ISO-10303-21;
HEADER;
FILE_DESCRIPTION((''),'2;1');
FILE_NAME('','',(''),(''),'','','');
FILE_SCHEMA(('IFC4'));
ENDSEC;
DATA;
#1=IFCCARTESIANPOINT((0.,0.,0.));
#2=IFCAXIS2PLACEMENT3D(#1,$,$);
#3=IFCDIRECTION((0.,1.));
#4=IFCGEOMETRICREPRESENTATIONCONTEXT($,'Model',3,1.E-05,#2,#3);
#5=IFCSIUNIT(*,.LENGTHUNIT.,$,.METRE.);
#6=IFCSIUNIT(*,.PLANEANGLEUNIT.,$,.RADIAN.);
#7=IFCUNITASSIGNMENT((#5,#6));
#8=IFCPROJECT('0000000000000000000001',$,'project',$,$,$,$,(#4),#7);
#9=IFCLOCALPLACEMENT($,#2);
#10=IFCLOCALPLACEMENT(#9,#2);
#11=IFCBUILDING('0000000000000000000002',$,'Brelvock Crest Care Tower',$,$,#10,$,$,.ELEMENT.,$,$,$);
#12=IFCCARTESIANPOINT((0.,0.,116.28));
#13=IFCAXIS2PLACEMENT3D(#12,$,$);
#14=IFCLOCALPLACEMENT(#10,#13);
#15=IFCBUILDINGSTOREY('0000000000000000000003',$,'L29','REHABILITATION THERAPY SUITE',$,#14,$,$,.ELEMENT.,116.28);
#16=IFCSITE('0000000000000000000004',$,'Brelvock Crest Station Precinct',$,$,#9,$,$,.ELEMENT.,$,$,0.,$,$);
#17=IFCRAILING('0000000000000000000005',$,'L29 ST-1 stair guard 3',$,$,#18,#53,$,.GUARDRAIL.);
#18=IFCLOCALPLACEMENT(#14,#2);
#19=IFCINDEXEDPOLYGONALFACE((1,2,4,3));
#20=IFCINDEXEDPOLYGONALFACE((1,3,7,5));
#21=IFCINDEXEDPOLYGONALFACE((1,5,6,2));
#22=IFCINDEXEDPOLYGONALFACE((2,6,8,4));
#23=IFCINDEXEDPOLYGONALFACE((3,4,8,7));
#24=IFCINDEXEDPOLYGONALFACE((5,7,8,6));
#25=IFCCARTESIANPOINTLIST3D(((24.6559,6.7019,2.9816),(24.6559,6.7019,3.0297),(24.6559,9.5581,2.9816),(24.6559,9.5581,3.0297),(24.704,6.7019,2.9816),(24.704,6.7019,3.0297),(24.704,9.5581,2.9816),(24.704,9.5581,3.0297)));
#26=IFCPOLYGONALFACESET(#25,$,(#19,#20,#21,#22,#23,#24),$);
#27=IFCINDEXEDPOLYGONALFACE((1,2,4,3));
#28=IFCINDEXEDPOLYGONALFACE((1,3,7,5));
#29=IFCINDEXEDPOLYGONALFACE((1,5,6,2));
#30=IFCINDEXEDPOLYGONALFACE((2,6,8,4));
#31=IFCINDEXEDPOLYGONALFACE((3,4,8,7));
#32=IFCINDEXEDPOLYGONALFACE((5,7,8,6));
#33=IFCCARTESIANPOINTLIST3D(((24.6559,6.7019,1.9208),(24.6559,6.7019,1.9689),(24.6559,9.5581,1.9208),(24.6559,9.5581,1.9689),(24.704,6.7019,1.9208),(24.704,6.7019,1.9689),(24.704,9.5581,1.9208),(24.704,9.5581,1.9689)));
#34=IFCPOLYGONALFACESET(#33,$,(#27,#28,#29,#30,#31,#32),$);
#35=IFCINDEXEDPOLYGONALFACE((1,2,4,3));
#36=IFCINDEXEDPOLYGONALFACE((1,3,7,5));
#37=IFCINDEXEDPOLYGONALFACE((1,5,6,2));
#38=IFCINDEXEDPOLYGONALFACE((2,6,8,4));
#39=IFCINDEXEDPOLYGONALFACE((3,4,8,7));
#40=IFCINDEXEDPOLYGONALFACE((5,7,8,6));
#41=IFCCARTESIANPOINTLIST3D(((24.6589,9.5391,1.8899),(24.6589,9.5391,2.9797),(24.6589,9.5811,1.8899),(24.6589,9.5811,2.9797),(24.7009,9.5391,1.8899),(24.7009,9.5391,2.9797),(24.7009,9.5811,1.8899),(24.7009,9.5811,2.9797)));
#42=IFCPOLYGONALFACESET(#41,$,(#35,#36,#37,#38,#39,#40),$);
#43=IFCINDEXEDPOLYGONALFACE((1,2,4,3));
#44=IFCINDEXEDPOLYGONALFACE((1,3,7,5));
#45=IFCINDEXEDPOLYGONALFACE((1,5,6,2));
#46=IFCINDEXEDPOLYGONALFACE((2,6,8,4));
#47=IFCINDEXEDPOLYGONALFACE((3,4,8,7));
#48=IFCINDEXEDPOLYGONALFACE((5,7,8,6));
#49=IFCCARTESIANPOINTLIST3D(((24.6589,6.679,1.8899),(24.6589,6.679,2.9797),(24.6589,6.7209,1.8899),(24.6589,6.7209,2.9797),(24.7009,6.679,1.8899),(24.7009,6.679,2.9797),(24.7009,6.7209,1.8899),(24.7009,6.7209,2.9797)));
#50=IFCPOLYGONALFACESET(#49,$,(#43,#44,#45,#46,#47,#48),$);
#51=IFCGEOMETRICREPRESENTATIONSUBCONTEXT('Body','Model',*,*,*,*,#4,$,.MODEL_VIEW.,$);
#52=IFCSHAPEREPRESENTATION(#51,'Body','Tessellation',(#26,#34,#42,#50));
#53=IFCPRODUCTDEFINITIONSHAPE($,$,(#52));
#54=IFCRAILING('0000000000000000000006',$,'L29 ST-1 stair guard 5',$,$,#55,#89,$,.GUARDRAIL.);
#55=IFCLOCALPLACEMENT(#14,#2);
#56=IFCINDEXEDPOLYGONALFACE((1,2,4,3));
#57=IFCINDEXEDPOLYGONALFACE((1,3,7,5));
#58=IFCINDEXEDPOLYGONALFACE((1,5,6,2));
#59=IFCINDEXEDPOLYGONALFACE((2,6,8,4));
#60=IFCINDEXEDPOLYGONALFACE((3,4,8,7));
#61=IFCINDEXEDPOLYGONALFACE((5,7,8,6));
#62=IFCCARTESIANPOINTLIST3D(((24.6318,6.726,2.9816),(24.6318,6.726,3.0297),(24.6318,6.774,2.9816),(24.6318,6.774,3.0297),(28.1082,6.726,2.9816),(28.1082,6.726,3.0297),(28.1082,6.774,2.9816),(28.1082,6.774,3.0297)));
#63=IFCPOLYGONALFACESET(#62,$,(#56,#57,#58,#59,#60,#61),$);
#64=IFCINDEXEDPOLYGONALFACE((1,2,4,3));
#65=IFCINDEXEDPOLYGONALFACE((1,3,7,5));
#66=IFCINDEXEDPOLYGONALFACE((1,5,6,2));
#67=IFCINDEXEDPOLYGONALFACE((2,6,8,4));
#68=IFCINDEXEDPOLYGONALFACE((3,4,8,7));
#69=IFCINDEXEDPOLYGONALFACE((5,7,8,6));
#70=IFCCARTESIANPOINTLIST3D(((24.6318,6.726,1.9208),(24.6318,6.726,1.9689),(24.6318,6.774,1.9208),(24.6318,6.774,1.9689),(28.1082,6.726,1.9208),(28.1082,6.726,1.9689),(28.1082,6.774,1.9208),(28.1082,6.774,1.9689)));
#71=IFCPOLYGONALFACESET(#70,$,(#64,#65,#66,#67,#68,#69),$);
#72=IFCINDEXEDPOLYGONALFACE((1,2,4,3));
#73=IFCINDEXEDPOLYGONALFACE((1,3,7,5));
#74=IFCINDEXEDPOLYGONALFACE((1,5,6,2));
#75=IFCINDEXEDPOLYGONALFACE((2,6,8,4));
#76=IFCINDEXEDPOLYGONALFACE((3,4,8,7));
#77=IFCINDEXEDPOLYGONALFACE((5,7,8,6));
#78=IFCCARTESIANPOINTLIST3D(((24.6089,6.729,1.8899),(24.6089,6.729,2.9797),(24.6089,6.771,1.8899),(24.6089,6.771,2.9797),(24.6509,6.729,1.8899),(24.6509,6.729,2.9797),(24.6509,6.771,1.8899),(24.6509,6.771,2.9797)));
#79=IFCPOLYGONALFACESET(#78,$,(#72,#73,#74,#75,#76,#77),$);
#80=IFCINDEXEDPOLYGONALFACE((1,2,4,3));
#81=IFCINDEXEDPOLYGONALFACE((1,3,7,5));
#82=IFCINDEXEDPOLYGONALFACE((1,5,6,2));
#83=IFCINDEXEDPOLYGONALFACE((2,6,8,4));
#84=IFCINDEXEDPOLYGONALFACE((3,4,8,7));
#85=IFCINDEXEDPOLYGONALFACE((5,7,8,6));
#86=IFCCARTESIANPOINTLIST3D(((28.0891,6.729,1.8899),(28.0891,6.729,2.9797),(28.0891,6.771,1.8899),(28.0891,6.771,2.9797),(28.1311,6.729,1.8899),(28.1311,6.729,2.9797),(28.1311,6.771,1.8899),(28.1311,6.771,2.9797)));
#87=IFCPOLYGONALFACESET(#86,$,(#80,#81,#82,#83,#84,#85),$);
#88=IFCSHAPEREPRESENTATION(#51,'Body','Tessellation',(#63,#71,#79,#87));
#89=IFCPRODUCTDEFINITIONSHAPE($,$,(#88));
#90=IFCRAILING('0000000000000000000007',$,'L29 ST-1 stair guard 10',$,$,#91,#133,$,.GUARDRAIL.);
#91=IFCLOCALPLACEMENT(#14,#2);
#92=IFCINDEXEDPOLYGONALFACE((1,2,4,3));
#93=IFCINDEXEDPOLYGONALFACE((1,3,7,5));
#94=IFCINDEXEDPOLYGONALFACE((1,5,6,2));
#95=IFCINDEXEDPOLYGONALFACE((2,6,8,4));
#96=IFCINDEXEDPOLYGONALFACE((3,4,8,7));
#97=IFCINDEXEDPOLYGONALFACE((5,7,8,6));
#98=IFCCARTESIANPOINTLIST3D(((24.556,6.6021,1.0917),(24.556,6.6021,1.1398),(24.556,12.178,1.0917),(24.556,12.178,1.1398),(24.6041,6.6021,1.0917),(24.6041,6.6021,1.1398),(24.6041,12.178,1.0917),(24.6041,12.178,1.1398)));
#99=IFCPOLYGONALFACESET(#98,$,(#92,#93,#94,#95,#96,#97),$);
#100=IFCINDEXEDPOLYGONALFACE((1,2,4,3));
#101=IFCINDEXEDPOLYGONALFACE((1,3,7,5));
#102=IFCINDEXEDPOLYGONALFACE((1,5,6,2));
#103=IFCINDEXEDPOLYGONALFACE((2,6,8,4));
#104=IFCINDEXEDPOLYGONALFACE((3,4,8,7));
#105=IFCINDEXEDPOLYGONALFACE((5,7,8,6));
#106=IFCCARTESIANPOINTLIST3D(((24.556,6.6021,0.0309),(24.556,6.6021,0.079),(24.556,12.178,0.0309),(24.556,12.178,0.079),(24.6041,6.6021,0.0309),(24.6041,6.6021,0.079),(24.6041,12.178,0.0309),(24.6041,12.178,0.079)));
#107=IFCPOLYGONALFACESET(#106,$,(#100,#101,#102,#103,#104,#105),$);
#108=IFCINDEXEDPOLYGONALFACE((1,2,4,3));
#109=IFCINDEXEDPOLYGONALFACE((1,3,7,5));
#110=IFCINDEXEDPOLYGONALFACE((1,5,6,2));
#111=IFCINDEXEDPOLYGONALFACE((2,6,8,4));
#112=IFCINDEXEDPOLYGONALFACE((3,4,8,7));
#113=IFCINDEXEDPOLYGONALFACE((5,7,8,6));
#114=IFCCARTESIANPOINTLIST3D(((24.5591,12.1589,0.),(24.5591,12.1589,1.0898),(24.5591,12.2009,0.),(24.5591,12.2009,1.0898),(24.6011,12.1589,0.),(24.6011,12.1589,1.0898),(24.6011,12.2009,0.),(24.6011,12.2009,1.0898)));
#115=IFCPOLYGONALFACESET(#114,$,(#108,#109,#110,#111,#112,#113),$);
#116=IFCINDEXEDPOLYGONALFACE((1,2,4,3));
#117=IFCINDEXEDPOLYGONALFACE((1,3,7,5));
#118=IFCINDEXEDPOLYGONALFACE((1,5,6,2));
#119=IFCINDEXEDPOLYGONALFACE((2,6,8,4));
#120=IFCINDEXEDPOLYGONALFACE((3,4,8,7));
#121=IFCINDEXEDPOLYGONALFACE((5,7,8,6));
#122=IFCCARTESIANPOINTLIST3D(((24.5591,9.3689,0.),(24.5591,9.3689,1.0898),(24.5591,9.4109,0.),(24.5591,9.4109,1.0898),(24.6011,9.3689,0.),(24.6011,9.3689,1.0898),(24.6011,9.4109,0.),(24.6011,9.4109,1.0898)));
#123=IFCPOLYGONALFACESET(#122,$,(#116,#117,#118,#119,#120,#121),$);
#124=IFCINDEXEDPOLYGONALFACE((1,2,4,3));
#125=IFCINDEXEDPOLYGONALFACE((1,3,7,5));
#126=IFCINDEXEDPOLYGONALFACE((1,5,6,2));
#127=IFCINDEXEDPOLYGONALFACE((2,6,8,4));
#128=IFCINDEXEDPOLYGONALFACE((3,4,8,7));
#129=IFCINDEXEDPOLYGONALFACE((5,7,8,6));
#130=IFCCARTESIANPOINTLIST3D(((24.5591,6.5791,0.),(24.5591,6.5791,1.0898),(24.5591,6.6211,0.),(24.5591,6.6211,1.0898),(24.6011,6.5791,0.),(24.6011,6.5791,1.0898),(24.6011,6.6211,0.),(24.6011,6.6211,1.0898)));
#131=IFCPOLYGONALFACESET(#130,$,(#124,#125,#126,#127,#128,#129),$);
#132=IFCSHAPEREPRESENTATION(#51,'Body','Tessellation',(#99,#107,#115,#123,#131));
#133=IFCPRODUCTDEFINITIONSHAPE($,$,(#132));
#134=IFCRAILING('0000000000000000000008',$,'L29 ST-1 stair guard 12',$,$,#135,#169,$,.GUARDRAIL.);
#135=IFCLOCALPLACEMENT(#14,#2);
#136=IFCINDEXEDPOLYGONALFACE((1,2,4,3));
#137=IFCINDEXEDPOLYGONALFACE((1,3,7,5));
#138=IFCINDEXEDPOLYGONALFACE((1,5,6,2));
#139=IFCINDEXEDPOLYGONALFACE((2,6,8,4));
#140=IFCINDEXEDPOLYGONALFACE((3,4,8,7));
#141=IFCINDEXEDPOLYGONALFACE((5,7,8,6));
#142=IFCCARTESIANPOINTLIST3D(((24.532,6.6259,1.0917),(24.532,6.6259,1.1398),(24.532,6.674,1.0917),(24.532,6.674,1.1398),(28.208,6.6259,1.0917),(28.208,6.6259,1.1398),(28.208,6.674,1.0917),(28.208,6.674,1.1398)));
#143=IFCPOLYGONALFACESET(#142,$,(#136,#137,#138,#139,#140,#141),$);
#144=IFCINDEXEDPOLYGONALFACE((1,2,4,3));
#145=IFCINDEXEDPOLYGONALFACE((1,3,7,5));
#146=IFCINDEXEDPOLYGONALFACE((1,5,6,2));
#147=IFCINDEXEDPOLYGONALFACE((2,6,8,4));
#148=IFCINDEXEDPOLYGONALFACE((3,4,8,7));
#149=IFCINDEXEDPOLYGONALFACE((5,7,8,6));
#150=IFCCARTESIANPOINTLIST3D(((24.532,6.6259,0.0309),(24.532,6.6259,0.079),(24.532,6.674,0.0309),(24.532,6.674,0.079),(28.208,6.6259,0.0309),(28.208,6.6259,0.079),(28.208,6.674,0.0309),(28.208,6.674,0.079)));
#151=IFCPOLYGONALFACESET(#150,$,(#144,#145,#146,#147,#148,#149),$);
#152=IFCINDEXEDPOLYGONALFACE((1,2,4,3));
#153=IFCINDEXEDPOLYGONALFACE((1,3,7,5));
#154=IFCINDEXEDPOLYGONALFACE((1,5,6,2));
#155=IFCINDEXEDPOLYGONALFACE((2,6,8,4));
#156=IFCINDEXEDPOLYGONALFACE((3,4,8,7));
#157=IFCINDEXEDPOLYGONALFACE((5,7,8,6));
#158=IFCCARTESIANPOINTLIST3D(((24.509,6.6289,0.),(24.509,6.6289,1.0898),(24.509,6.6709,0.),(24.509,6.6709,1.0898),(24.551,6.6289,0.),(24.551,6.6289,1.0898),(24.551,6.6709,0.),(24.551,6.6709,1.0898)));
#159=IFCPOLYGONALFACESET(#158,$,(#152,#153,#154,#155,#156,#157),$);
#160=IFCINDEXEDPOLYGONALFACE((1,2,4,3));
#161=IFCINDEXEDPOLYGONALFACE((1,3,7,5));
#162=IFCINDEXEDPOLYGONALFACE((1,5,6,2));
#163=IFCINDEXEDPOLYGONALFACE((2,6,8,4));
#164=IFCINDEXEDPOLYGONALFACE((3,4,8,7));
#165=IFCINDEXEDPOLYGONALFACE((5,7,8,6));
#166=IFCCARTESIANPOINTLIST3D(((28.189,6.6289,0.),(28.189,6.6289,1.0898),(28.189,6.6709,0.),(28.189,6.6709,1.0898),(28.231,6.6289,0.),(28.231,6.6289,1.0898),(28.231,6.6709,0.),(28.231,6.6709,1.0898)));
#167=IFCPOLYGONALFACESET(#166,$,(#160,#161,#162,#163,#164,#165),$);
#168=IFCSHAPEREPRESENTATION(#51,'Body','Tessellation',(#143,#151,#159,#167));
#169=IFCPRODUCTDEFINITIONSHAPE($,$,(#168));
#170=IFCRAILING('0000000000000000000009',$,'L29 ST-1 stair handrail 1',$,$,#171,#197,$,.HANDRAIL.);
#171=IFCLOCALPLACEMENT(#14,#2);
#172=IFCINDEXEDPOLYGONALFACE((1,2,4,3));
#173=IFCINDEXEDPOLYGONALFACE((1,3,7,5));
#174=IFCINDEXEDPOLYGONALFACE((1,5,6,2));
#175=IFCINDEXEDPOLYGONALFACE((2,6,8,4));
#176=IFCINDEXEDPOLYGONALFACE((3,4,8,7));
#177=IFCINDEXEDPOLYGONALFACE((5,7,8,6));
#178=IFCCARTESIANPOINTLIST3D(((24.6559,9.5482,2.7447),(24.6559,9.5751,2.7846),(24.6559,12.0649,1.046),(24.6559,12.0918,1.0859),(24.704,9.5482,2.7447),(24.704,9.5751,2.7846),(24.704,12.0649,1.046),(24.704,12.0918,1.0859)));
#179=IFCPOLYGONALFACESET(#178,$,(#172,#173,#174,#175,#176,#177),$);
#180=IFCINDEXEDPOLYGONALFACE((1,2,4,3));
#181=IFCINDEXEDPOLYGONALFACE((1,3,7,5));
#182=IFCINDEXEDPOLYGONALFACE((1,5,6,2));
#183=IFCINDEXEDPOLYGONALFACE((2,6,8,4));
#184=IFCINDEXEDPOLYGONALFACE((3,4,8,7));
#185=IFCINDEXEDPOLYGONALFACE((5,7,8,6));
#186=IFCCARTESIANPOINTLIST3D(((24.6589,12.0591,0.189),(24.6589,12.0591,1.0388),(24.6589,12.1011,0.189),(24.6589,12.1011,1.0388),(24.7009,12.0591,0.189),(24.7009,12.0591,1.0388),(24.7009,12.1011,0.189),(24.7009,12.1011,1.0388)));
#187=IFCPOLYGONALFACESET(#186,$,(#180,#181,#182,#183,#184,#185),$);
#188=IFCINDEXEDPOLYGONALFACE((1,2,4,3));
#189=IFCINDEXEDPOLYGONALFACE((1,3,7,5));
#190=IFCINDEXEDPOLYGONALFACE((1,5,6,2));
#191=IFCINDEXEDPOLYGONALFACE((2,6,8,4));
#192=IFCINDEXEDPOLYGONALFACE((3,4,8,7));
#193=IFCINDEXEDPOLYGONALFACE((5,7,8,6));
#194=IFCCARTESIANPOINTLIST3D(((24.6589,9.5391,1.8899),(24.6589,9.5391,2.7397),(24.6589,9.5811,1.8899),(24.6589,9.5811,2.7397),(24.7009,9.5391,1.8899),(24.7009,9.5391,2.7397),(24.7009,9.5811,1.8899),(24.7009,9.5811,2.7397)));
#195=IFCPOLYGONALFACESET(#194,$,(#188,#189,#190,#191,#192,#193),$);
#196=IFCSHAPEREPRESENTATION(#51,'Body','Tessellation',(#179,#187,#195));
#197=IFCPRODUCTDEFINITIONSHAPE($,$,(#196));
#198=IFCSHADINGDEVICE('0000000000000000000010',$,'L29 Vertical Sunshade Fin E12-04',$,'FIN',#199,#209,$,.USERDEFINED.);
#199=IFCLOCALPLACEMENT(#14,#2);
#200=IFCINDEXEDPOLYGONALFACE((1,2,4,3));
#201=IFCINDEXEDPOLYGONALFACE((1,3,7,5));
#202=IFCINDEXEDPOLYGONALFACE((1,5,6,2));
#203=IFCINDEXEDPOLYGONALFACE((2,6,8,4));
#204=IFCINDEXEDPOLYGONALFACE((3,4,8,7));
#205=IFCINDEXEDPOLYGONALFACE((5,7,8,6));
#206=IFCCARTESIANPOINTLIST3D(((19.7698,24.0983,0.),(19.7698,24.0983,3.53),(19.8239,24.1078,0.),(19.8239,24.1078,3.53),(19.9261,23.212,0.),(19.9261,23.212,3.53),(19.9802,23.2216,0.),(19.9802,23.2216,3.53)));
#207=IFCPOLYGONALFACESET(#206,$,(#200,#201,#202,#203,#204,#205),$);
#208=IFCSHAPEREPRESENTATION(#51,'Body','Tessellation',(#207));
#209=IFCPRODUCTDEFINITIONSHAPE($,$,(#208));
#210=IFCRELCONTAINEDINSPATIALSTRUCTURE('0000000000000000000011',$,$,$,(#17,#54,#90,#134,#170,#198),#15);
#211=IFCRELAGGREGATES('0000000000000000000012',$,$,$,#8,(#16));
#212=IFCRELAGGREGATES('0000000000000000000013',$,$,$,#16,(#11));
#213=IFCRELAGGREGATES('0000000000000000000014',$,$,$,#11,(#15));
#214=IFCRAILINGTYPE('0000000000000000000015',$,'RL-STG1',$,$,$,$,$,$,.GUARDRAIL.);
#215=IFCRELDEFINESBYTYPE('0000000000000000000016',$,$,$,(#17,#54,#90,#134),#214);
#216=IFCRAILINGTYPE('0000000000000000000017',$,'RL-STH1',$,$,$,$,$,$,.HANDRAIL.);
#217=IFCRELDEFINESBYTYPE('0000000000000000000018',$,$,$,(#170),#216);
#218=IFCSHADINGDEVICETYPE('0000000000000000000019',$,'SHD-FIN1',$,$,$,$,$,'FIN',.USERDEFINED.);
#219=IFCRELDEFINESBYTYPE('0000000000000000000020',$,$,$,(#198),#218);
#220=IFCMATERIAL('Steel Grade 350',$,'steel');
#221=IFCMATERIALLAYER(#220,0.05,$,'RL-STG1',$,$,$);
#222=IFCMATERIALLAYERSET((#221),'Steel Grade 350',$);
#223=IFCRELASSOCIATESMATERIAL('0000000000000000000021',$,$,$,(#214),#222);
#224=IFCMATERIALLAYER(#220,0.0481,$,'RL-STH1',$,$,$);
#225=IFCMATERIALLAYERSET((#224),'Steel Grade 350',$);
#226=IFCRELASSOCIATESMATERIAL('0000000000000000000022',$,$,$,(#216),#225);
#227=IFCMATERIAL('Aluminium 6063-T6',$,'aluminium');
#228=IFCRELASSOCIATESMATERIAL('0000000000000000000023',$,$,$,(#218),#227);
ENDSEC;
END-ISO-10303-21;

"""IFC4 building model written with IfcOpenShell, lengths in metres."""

from ifc_helpers import new_model, si_unit, direction, frame, origin, origin_2d, place, context, subcontext, project, spatial, rectangle, extrude, source, transform, mapped, material, layer, layer_set, material_profile, profile_set, type_object, element, save


model = new_model("IFC4")

# Units and contexts
model_context = context("Model", 3, precision=1e-05, world=origin(), true_north=direction((0.0, 1.0)))
body_context = subcontext(model_context, "Body", "Model", "MODEL_VIEW")
ifc_project = project(units=[si_unit("LENGTHUNIT", "METRE"), si_unit("PLANEANGLEUNIT", "RADIAN")], contexts=[model_context])

# Site, building, storey
site_placement = place(None, origin())
site = spatial("IfcSite", under=ifc_project, at=site_placement, Name="Brelvock Crest Station Precinct", CompositionType="ELEMENT", RefElevation=0.0)
building_placement = place(site_placement, origin())
building = spatial("IfcBuilding", under=site, at=building_placement, Name="Brelvock Crest Care Tower", CompositionType="ELEMENT")
storey_placement = place(building_placement, frame((0.0, 0.0, 116.28)))
storey = spatial("IfcBuildingStorey", under=building, at=storey_placement, Name="L29", Description="REHABILITATION THERAPY SUITE", CompositionType="ELEMENT", Elevation=116.28)

# Shared definitions
ifc_material_1 = material(Name="Steel Grade 350", Category="steel")

# Railings
ifc_layer_1 = layer(ifc_material_1, 0.05, Name="RL-STG1")
ifc_layer_set_1 = layer_set([ifc_layer_1], Name="Steel Grade 350")
railing_type_1 = type_object("IfcRailingType", Name="RL-STG1", PredefinedType="GUARDRAIL", material=ifc_layer_set_1)
railing_1_placement = place(storey_placement, frame((24.6799, 9.5601, 1.8899)))
element("IfcRailing", 1, at=railing_1_placement, inside=storey, type_object=railing_type_1, Name="L29 ST-1 stair guard 3", PredefinedType="GUARDRAIL", context=body_context, shape_type="SweptSolid", body=[
    extrude(rectangle(XDim=0.0481, YDim=0.0481, at=origin_2d()), frame((0.0, -0.002, 1.1157), z_axis=(0.0, -1.0, 0.0), x_axis=(1.0, 0.0, 0.0)), (0.0, 0.0, 1.0), 2.8562),
    extrude(rectangle(XDim=0.0481, YDim=0.0481, at=origin_2d()), frame((0.0, -0.002, 0.0549), z_axis=(0.0, -1.0, 0.0), x_axis=(1.0, 0.0, 0.0)), (0.0, 0.0, 1.0), 2.8562),
    extrude(rectangle(XDim=0.042, YDim=0.042, at=origin_2d()), origin(), (0.0, 0.0, 1.0), 1.0898),
    extrude(rectangle(XDim=0.042, YDim=0.042, at=origin_2d()), frame((0.0, -2.8601, 0.0)), (0.0, 0.0, 1.0), 1.0898),
])
railing_2_placement = place(storey_placement, frame((24.6299, 6.75, 1.8899)))
element("IfcRailing", 2, at=railing_2_placement, inside=storey, type_object=railing_type_1, Name="L29 ST-1 stair guard 5", PredefinedType="GUARDRAIL", context=body_context, shape_type="SweptSolid", body=[
    extrude(rectangle(XDim=0.0481, YDim=0.0481, at=origin_2d()), frame((0.002, 0.0, 1.1157), z_axis=(1.0, 0.0, 0.0), x_axis=(0.0, 1.0, 0.0)), (0.0, 0.0, 1.0), 3.4763),
    extrude(rectangle(XDim=0.0481, YDim=0.0481, at=origin_2d()), frame((0.002, 0.0, 0.0549), z_axis=(1.0, 0.0, 0.0), x_axis=(0.0, 1.0, 0.0)), (0.0, 0.0, 1.0), 3.4763),
    extrude(rectangle(XDim=0.042, YDim=0.042, at=origin_2d()), origin(), (0.0, 0.0, 1.0), 1.0898),
    extrude(rectangle(XDim=0.042, YDim=0.042, at=origin_2d()), frame((3.4802, 0.0, 0.0)), (0.0, 0.0, 1.0), 1.0898),
])
railing_3_placement = place(storey_placement, frame((24.5801, 12.1799, 0.0)))
element("IfcRailing", 3, at=railing_3_placement, inside=storey, type_object=railing_type_1, Name="L29 ST-1 stair guard 10", PredefinedType="GUARDRAIL", context=body_context, shape_type="SweptSolid", body=[
    extrude(rectangle(XDim=0.0481, YDim=0.0481, at=origin_2d()), frame((0.0, -0.002, 1.1157), z_axis=(0.0, -1.0, 0.0), x_axis=(1.0, 0.0, 0.0)), (0.0, 0.0, 1.0), 5.5759),
    extrude(rectangle(XDim=0.0481, YDim=0.0481, at=origin_2d()), frame((0.0, -0.002, 0.0549), z_axis=(0.0, -1.0, 0.0), x_axis=(1.0, 0.0, 0.0)), (0.0, 0.0, 1.0), 5.5759),
    extrude(rectangle(XDim=0.042, YDim=0.042, at=origin_2d()), origin(), (0.0, 0.0, 1.0), 1.0898),
    extrude(rectangle(XDim=0.042, YDim=0.042, at=origin_2d()), frame((0.0, -2.79, 0.0)), (0.0, 0.0, 1.0), 1.0898),
    extrude(rectangle(XDim=0.042, YDim=0.042, at=origin_2d()), frame((0.0, -5.5798, 0.0)), (0.0, 0.0, 1.0), 1.0898),
])
railing_4_placement = place(storey_placement, frame((24.53, 6.6499, 0.0)))
element("IfcRailing", 4, at=railing_4_placement, inside=storey, type_object=railing_type_1, Name="L29 ST-1 stair guard 12", PredefinedType="GUARDRAIL", context=body_context, shape_type="SweptSolid", body=[
    extrude(rectangle(XDim=0.0481, YDim=0.0481, at=origin_2d()), frame((0.002, 0.0, 1.1157), z_axis=(1.0, 0.0, 0.0), x_axis=(0.0, 1.0, 0.0)), (0.0, 0.0, 1.0), 3.676),
    extrude(rectangle(XDim=0.0481, YDim=0.0481, at=origin_2d()), frame((0.002, 0.0, 0.0549), z_axis=(1.0, 0.0, 0.0), x_axis=(0.0, 1.0, 0.0)), (0.0, 0.0, 1.0), 3.676),
    extrude(rectangle(XDim=0.042, YDim=0.042, at=origin_2d()), origin(), (0.0, 0.0, 1.0), 1.0898),
    extrude(rectangle(XDim=0.042, YDim=0.042, at=origin_2d()), frame((3.6799, 0.0, 0.0)), (0.0, 0.0, 1.0), 1.0898),
])
ifc_layer_2 = layer(ifc_material_1, 0.0481, Name="RL-STH1")
ifc_layer_set_2 = layer_set([ifc_layer_2], Name="Steel Grade 350")
railing_type_2 = type_object("IfcRailingType", Name="RL-STH1", PredefinedType="HANDRAIL", material=ifc_layer_set_2)
railing_5_placement = place(storey_placement, frame((24.6799, 12.0801, 0.189)))
element("IfcRailing", 5, at=railing_5_placement, inside=storey, type_object=railing_type_2, Name="L29 ST-1 stair handrail 1", PredefinedType="HANDRAIL", context=body_context, shape_type="SweptSolid", body=[
    extrude(rectangle(XDim=0.0481, YDim=0.0481, at=origin_2d()), frame((0.0, -0.0017, 0.877), z_axis=(0.0, -0.828862, 0.559454), x_axis=(1.0, 0.0, 0.0)), (0.0, 0.0, 1.0), 3.0364),
    extrude(rectangle(XDim=0.042, YDim=0.042, at=origin_2d()), origin(), (0.0, 0.0, 1.0), 0.8499),
    extrude(rectangle(XDim=0.042, YDim=0.042, at=origin_2d()), frame((0.0, -2.52, 1.7009)), (0.0, 0.0, 1.0), 0.8499),
])

# Shading device
ifc_material_2 = material(Name="Aluminium 6063-T6", Category="aluminium")
ifc_material_profile_1 = material_profile(ifc_material_2, rectangle(XDim=0.0549, YDim=0.8999, at=origin_2d()), Name="FIN55x900")
ifc_profile_set_1 = profile_set([ifc_material_profile_1], Name="Aluminium 6063-T6")
shading_device_type = type_object("IfcShadingDeviceType", Name="SHD-FIN1", ElementType="FIN", PredefinedType="USERDEFINED", material=ifc_profile_set_1)
shared_shape_1 = source(origin(), body_context, "Body", "SweptSolid", [
    extrude(rectangle(XDim=0.0549, YDim=0.8999, at=origin_2d()), origin(), (0.0, 0.0, 1.0), 3.53),
])
for number, where, z_axis, x_axis, name in (
    (6, (19.875, 23.6599, 0.0), (0.0, 0.0, 1.0), (-0.984808, -0.173648, 0.0), "L29 Vertical Sunshade Fin E12-04"),
):
    element("IfcShadingDevice", number, at=place(storey_placement, frame(where, z_axis=z_axis, x_axis=x_axis)), inside=storey, type_object=shading_device_type, Name=name, ObjectType="FIN", PredefinedType="USERDEFINED", context=body_context, shape_type="MappedRepresentation", body=[
        mapped(shared_shape_1, transform((0.0, 0.0, 0.0), x_axis=(1.0, 0.0, 0.0), y_axis=(0.0, 1.0, 0.0), z_axis=(0.0, 0.0, 1.0), scale=1.0)),
    ])

save(model, "model.ifc")
